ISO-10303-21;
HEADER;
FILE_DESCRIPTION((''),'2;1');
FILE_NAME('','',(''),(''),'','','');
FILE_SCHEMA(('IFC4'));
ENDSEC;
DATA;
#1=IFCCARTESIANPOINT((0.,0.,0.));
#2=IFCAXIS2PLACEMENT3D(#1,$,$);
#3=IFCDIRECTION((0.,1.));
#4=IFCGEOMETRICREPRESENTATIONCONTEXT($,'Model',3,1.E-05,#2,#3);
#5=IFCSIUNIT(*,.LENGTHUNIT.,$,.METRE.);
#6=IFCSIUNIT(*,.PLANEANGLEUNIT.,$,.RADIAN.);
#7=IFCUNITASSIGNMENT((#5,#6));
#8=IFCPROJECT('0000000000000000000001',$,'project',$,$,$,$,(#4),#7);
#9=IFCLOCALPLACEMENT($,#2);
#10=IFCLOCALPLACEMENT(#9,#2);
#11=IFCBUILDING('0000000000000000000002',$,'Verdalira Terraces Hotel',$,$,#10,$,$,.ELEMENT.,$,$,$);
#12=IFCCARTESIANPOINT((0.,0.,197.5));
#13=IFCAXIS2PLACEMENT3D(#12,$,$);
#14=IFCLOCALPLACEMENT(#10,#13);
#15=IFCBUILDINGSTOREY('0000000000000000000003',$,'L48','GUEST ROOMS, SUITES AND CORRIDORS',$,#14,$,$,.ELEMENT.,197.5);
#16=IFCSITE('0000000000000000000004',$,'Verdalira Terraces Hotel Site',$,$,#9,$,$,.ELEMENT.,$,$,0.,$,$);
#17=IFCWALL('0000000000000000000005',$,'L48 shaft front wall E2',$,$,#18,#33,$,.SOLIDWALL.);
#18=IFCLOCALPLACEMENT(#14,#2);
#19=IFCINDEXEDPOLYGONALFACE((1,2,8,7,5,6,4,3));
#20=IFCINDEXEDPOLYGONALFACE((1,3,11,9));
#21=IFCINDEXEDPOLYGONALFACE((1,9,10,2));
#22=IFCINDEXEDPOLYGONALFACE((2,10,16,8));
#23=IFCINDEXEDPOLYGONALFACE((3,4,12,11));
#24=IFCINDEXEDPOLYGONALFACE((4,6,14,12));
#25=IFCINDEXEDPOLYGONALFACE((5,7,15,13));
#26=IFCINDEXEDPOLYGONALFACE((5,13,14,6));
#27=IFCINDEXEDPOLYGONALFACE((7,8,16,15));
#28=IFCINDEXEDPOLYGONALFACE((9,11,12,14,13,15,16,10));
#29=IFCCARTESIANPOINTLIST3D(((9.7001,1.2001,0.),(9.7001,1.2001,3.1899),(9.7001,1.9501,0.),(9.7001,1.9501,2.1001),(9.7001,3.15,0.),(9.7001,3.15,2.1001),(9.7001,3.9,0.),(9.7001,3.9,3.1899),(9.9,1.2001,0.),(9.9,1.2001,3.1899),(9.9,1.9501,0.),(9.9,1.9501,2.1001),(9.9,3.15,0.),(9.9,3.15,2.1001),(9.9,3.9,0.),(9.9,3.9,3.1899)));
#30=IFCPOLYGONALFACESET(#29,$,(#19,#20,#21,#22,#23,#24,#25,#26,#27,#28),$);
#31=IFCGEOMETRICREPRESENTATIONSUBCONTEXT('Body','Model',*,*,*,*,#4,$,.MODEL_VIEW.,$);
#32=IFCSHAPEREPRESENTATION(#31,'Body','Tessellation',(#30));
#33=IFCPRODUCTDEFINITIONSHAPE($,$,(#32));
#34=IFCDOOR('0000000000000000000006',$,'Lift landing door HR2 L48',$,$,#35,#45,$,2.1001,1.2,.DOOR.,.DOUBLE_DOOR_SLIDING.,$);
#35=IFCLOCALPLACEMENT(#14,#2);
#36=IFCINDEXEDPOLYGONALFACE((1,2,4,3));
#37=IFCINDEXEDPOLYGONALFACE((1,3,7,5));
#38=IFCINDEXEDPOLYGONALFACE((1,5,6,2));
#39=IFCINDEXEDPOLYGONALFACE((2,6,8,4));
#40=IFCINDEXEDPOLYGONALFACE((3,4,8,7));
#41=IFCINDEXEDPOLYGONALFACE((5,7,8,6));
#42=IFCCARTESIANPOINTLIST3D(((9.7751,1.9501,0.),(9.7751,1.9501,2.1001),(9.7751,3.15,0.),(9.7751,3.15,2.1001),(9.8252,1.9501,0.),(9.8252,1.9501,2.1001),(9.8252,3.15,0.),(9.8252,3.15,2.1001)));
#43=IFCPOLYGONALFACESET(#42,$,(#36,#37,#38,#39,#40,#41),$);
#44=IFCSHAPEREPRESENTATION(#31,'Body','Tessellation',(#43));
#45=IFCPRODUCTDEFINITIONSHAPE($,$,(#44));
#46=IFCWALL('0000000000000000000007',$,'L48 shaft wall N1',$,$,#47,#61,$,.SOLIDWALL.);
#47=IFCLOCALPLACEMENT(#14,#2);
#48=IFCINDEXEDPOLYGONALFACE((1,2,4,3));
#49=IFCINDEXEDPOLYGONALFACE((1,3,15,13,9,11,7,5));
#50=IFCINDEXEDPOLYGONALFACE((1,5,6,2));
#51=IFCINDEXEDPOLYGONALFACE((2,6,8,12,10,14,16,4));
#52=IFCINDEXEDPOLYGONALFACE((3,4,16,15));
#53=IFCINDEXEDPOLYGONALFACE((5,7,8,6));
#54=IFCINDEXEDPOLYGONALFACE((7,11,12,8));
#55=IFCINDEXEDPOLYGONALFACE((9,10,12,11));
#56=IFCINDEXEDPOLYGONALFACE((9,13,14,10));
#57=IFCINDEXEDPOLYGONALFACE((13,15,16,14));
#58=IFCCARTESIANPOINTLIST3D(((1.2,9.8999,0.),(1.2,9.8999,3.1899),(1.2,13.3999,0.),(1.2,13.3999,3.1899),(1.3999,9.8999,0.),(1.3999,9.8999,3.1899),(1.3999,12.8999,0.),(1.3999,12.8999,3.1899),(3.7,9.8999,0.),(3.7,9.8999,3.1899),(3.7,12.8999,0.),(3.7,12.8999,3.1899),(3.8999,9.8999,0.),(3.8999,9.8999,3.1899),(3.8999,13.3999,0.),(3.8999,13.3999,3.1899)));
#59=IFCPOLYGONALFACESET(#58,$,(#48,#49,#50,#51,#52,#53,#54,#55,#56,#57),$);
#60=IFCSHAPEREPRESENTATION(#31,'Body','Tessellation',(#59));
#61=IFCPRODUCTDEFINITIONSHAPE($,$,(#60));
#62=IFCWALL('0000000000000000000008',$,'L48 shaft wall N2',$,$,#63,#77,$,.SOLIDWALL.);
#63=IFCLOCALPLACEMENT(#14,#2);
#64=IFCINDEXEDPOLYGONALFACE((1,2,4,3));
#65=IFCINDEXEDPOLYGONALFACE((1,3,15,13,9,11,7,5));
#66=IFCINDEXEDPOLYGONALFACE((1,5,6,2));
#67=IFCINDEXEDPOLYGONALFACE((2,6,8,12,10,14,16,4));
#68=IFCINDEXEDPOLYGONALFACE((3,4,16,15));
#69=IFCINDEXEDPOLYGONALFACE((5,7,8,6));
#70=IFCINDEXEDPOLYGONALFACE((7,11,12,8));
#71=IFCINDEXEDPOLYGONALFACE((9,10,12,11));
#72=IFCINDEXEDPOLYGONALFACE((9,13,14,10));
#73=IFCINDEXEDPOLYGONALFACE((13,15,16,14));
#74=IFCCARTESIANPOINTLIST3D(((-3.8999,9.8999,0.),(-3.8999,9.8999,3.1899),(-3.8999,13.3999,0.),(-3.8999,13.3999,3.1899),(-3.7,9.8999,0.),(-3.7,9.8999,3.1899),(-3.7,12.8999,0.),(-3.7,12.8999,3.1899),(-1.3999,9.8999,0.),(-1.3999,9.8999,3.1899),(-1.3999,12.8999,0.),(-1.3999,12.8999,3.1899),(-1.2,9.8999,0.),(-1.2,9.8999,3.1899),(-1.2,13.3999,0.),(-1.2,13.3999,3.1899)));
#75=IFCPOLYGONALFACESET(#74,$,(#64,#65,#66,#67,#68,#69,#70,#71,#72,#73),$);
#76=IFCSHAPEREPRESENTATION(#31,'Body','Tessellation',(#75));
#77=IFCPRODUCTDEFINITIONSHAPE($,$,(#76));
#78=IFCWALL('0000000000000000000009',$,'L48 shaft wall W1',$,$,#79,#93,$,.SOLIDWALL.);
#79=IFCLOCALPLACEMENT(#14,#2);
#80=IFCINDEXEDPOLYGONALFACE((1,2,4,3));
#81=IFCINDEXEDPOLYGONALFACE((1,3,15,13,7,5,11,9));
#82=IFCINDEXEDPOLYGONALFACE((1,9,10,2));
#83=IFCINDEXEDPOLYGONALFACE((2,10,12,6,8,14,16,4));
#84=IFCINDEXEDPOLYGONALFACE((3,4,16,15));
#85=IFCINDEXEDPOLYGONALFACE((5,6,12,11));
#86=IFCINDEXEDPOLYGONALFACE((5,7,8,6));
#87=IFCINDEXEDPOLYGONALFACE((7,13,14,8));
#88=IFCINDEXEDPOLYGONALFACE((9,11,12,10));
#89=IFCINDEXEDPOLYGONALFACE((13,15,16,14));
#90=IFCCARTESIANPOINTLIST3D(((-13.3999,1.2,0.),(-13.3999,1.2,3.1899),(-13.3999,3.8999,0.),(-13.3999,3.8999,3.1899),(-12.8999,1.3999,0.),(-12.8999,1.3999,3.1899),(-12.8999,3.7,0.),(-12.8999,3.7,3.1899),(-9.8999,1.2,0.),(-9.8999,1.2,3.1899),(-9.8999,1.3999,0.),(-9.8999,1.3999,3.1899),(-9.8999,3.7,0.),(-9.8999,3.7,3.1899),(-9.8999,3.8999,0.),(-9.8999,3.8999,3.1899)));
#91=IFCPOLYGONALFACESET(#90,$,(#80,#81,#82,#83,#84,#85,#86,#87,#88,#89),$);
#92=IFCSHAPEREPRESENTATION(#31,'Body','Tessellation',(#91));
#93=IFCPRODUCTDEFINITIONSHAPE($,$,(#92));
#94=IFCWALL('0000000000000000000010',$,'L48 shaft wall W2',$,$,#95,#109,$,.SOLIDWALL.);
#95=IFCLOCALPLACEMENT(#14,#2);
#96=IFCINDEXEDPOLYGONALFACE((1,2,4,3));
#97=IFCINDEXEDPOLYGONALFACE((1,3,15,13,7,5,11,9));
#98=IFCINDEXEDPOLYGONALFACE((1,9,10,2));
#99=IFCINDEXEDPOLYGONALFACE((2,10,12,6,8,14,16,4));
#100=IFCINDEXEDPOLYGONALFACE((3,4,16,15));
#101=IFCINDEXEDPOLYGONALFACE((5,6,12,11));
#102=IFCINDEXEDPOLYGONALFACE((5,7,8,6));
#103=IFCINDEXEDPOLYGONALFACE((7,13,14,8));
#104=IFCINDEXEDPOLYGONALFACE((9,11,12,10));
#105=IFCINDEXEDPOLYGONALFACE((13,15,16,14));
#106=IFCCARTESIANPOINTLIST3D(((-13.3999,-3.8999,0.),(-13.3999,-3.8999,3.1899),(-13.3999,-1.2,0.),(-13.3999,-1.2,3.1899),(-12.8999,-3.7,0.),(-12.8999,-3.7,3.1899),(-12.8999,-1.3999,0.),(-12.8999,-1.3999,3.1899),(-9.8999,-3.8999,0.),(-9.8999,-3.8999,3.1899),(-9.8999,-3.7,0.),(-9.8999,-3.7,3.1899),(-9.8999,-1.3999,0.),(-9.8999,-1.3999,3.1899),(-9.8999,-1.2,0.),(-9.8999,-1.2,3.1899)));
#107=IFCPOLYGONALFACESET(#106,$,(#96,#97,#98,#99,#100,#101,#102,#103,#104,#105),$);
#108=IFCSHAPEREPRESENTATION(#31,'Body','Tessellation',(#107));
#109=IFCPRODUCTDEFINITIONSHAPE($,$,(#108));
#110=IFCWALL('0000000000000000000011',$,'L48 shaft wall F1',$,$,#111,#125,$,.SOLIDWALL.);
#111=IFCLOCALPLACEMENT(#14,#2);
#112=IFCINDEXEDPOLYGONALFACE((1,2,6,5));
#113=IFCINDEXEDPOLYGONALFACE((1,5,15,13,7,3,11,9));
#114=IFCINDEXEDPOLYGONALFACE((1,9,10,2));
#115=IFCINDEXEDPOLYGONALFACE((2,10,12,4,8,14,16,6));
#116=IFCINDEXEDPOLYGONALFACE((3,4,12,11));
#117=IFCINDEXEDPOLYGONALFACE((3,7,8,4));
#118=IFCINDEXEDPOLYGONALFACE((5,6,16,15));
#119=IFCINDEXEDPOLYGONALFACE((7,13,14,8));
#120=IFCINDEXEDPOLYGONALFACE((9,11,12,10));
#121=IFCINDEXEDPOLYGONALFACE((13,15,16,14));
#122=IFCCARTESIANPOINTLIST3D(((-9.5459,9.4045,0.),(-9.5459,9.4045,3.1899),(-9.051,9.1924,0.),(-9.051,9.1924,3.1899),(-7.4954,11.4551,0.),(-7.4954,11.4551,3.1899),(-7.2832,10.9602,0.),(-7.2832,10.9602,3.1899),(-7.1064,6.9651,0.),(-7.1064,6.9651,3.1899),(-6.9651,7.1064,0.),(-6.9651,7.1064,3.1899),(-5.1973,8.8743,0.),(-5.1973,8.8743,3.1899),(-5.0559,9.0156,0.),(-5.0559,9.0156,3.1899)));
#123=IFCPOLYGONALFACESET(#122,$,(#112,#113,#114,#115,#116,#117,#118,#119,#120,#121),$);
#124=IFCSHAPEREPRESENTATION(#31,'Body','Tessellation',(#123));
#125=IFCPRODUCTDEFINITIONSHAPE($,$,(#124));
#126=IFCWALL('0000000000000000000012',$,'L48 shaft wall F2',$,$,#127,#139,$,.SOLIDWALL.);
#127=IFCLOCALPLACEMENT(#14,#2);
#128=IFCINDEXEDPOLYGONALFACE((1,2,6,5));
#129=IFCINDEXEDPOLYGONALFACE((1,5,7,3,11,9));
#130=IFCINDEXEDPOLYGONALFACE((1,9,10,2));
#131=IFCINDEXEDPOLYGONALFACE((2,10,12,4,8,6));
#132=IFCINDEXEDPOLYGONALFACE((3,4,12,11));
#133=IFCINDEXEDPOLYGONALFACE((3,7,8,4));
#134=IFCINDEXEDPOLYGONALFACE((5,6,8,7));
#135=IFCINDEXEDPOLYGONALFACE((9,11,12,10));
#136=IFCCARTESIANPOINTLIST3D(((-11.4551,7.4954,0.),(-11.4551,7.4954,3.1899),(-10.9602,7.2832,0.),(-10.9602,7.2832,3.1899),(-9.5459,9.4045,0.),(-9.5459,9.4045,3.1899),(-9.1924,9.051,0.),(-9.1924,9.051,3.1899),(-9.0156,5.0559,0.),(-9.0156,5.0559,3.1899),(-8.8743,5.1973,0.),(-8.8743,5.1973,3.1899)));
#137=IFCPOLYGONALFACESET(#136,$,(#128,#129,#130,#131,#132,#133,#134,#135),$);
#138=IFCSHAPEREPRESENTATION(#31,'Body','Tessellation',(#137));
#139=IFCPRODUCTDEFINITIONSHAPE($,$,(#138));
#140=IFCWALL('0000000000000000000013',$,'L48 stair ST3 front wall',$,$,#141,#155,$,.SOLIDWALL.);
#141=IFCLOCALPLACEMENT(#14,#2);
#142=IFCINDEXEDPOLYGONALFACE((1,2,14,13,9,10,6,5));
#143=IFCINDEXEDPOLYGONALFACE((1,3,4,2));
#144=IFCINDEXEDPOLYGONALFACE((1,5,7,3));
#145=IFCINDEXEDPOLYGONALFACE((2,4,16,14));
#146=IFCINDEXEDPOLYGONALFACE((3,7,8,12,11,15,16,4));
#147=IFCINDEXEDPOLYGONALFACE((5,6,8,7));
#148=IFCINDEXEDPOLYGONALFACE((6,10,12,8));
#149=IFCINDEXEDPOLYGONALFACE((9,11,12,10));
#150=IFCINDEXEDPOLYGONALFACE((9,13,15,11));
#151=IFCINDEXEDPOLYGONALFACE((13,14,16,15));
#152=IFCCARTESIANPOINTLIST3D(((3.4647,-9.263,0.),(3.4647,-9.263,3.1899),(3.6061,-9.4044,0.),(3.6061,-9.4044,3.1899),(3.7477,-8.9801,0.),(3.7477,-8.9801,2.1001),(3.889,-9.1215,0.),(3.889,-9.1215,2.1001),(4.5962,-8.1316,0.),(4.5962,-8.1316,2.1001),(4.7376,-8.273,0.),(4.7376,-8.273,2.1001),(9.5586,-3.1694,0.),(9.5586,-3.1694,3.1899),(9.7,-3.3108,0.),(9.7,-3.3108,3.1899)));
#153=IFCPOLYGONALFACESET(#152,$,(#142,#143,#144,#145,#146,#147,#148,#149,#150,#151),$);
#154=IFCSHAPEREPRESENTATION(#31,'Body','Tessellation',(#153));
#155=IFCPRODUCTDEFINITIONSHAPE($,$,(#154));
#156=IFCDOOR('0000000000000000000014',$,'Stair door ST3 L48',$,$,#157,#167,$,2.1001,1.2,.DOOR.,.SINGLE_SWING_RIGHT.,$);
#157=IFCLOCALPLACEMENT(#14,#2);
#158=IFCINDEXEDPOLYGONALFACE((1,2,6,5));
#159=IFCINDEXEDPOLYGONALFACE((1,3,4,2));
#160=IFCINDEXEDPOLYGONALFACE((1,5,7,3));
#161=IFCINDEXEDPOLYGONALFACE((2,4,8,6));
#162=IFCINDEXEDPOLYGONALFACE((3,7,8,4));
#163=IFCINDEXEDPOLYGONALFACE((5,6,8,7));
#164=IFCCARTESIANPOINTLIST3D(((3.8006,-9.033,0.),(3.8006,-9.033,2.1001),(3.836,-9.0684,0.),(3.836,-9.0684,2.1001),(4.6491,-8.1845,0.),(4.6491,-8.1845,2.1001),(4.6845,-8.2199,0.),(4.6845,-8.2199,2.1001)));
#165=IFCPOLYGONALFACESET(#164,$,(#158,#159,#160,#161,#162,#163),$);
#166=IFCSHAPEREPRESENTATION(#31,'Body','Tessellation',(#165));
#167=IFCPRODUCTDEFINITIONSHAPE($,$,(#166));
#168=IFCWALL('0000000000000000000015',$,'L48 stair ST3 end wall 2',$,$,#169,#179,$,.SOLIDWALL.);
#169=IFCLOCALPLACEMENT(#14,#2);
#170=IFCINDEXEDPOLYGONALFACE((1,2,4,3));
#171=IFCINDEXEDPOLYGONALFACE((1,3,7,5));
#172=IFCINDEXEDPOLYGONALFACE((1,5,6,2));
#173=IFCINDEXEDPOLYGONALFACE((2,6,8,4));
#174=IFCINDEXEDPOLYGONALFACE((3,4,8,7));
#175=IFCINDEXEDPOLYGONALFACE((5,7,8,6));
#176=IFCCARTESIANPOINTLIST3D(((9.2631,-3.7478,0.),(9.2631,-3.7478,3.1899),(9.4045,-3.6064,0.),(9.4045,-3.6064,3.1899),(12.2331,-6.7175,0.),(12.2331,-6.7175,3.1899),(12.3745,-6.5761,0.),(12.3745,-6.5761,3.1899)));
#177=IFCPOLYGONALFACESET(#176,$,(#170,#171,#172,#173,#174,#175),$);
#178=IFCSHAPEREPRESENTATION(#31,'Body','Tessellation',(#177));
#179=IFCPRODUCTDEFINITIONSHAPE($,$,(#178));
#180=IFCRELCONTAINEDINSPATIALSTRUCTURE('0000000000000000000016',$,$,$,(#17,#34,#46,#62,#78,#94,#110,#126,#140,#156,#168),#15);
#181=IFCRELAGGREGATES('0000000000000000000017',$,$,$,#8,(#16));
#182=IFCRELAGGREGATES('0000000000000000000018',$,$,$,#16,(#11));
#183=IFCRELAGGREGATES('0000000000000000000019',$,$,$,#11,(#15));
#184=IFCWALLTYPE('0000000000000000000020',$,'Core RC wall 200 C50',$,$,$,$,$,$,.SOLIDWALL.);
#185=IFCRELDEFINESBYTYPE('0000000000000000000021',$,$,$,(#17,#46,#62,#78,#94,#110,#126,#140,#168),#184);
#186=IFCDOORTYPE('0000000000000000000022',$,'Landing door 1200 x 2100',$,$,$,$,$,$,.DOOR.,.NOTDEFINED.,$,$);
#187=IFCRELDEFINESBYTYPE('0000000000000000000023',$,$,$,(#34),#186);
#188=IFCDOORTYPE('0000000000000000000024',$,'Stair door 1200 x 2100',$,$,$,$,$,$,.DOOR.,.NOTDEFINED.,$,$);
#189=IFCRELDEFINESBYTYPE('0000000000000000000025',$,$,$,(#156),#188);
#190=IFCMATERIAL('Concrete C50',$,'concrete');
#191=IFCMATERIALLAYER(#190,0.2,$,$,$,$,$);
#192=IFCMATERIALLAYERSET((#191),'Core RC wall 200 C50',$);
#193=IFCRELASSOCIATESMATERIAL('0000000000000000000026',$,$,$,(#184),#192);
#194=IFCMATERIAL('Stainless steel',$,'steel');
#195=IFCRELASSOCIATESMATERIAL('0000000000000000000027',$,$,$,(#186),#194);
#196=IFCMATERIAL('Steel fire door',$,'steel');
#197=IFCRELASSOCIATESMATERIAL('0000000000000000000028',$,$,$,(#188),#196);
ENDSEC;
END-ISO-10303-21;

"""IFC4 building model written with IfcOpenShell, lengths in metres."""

from ifc_helpers import new_model, si_unit, direction, frame, frame_2d, origin, place, context, subcontext, project, spatial, polyline, rectangle, outline, extrude, material, layer, layer_set, type_object, element, fill, save


model = new_model("IFC4")

# Units and contexts
model_context = context("Model", 3, precision=1e-05, world=origin(), true_north=direction((0.0, 1.0)))
body_context = subcontext(model_context, "Body", "Model", "MODEL_VIEW")
ifc_project = project(units=[si_unit("LENGTHUNIT", "METRE"), si_unit("PLANEANGLEUNIT", "RADIAN")], contexts=[model_context])

# Site, building, storey
site_placement = place(None, origin())
site = spatial("IfcSite", under=ifc_project, at=site_placement, Name="Verdalira Terraces Hotel Site", CompositionType="ELEMENT", RefElevation=0.0)
building_placement = place(site_placement, origin())
building = spatial("IfcBuilding", under=site, at=building_placement, Name="Verdalira Terraces Hotel", CompositionType="ELEMENT")
storey_placement = place(building_placement, frame((0.0, 0.0, 197.5)))
storey = spatial("IfcBuildingStorey", under=building, at=storey_placement, Name="L48", Description="GUEST ROOMS, SUITES AND CORRIDORS", CompositionType="ELEMENT", Elevation=197.5)

# Shared definitions
ifc_material_1 = material(Name="Concrete C50", Category="concrete")
ifc_layer_1 = layer(ifc_material_1, 0.2)
ifc_layer_set_1 = layer_set([ifc_layer_1], Name="Core RC wall 200 C50")
wall_type_1 = type_object("IfcWallType", Name="Core RC wall 200 C50", PredefinedType="SOLIDWALL", material=ifc_layer_set_1)

# Shared definitions
ifc_material_2 = material(Name="Stainless steel", Category="steel")
door_type_1 = type_object("IfcDoorType", Name="Landing door 1200 x 2100", OperationType="NOTDEFINED", PredefinedType="DOOR", material=ifc_material_2)

# Wall, opening, door
wall_1_placement = place(storey_placement, frame((9.8, 1.2, 0.0), z_axis=(0.0, 0.0, 1.0), x_axis=(0.0, 1.0, 0.0)))
wall_1 = element("IfcWall", 1, at=wall_1_placement, inside=storey, type_object=wall_type_1, Name="L48 shaft front wall E2", PredefinedType="SOLIDWALL", context=body_context, shape_type="SweptSolid", body=[
    extrude(rectangle(XDim=2.7, YDim=0.2, at=frame_2d((1.3501, 0.0))), origin(), (0.0, 0.0, 1.0), 3.1899),
])
opening_1_placement = place(wall_1_placement, frame((0.75, 0.0, 0.0)))
opening_1 = element("IfcOpeningElement", 2, at=opening_1_placement, cuts=wall_1, PredefinedType="OPENING", context=body_context, shape_type="SweptSolid", body=[
    extrude(rectangle(XDim=1.2, YDim=2.1001, at=frame_2d((0.6001, 1.05))), frame((0.0, 0.1099, 0.0), z_axis=(0.0, -1.0, 0.0), x_axis=(1.0, 0.0, 0.0)), (0.0, 0.0, 1.0), 0.22),
])
door_1_placement = place(opening_1_placement, origin())
door_1 = element("IfcDoor", 3, at=door_1_placement, inside=storey, type_object=door_type_1, Name="Lift landing door HR2 L48", OperationType="DOUBLE_DOOR_SLIDING", OverallHeight=2.1001, OverallWidth=1.2, PredefinedType="DOOR", context=body_context, shape_type="SweptSolid", body=[
    extrude(rectangle(XDim=1.2, YDim=2.1001, at=frame_2d((0.6001, 1.05))), frame((0.0, 0.0249, 0.0), z_axis=(0.0, -1.0, 0.0), x_axis=(1.0, 0.0, 0.0)), (0.0, 0.0, 1.0), 0.05),
])
fill(opening_1, door_1)

# Walls
wall_2_placement = place(storey_placement, origin())
element("IfcWall", 4, at=wall_2_placement, inside=storey, type_object=wall_type_1, Name="L48 shaft wall N1", PredefinedType="SOLIDWALL", context=body_context, shape_type="SweptSolid", body=[
    extrude(outline(polyline([(3.8999, 9.8999), (3.7, 9.8999), (3.7, 12.8999), (1.3999, 12.8999), (1.3999, 9.8999), (1.2, 9.8999), (1.2, 13.3999), (3.8999, 13.3999), (3.8999, 9.8999)])), origin(), (0.0, 0.0, 1.0), 3.1899),
])
wall_3_placement = place(storey_placement, origin())
element("IfcWall", 5, at=wall_3_placement, inside=storey, type_object=wall_type_1, Name="L48 shaft wall N2", PredefinedType="SOLIDWALL", context=body_context, shape_type="SweptSolid", body=[
    extrude(outline(polyline([(-3.8999, 13.3999), (-1.2, 13.3999), (-1.2, 9.8999), (-1.3999, 9.8999), (-1.3999, 12.8999), (-3.7, 12.8999), (-3.7, 9.8999), (-3.8999, 9.8999), (-3.8999, 13.3999)])), origin(), (0.0, 0.0, 1.0), 3.1899),
])
wall_4_placement = place(storey_placement, origin())
element("IfcWall", 6, at=wall_4_placement, inside=storey, type_object=wall_type_1, Name="L48 shaft wall W1", PredefinedType="SOLIDWALL", context=body_context, shape_type="SweptSolid", body=[
    extrude(outline(polyline([(-13.3999, 3.8999), (-9.8999, 3.8999), (-9.8999, 3.7), (-12.8999, 3.7), (-12.8999, 1.3999), (-9.8999, 1.3999), (-9.8999, 1.2), (-13.3999, 1.2), (-13.3999, 3.8999)])), origin(), (0.0, 0.0, 1.0), 3.1899),
])
wall_5_placement = place(storey_placement, origin())
element("IfcWall", 7, at=wall_5_placement, inside=storey, type_object=wall_type_1, Name="L48 shaft wall W2", PredefinedType="SOLIDWALL", context=body_context, shape_type="SweptSolid", body=[
    extrude(outline(polyline([(-13.3999, -3.8999), (-13.3999, -1.2), (-9.8999, -1.2), (-9.8999, -1.3999), (-12.8999, -1.3999), (-12.8999, -3.7), (-9.8999, -3.7), (-9.8999, -3.8999), (-13.3999, -3.8999)])), origin(), (0.0, 0.0, 1.0), 3.1899),
])
wall_6_placement = place(storey_placement, origin())
element("IfcWall", 8, at=wall_6_placement, inside=storey, type_object=wall_type_1, Name="L48 shaft wall F1", PredefinedType="SOLIDWALL", context=body_context, shape_type="SweptSolid", body=[
    extrude(outline(polyline([(-9.5459, 9.4045), (-7.4954, 11.4551), (-5.0559, 9.0156), (-5.1973, 8.8743), (-7.2832, 10.9602), (-9.051, 9.1924), (-6.9651, 7.1064), (-7.1064, 6.9651), (-9.5459, 9.4045)])), origin(), (0.0, 0.0, 1.0), 3.1899),
])
wall_7_placement = place(storey_placement, origin())
element("IfcWall", 9, at=wall_7_placement, inside=storey, type_object=wall_type_1, Name="L48 shaft wall F2", PredefinedType="SOLIDWALL", context=body_context, shape_type="SweptSolid", body=[
    extrude(outline(polyline([(-11.4551, 7.4954), (-9.5459, 9.4045), (-9.1924, 9.051), (-10.9602, 7.2832), (-8.8743, 5.1973), (-9.0156, 5.0559), (-11.4551, 7.4954)])), origin(), (0.0, 0.0, 1.0), 3.1899),
])

# Wall, opening, door
wall_8_placement = place(storey_placement, frame((9.6294, -3.24, 0.0), z_axis=(0.0, 0.0, 1.0), x_axis=(-0.707121, -0.707093, 0.0)))
wall_8 = element("IfcWall", 10, at=wall_8_placement, inside=storey, type_object=wall_type_1, Name="L48 stair ST3 front wall", PredefinedType="SOLIDWALL", context=body_context, shape_type="SweptSolid", body=[
    extrude(rectangle(XDim=8.6179, YDim=0.2, at=frame_2d((4.3091, 0.0))), origin(), (0.0, 0.0, 1.0), 3.1899),
])
opening_2_placement = place(wall_8_placement, frame((7.0178, 0.0, 0.0)))
opening_2 = element("IfcOpeningElement", 11, at=opening_2_placement, cuts=wall_8, PredefinedType="OPENING", context=body_context, shape_type="SweptSolid", body=[
    extrude(rectangle(XDim=1.2, YDim=2.1001, at=frame_2d((0.6001, 1.05))), frame((0.0, 0.1099, 0.0), z_axis=(0.0, -1.0, 0.0), x_axis=(1.0, 0.0, 0.0)), (0.0, 0.0, 1.0), 0.22),
])
ifc_material_3 = material(Name="Steel fire door", Category="steel")
door_type_2 = type_object("IfcDoorType", Name="Stair door 1200 x 2100", OperationType="NOTDEFINED", PredefinedType="DOOR", material=ifc_material_3)
door_2_placement = place(opening_2_placement, origin())
door_2 = element("IfcDoor", 12, at=door_2_placement, inside=storey, type_object=door_type_2, Name="Stair door ST3 L48", OperationType="SINGLE_SWING_RIGHT", OverallHeight=2.1001, OverallWidth=1.2, PredefinedType="DOOR", context=body_context, shape_type="SweptSolid", body=[
    extrude(rectangle(XDim=1.2, YDim=2.1001, at=frame_2d((0.6001, 1.05))), frame((0.0, 0.0249, 0.0), z_axis=(0.0, -1.0, 0.0), x_axis=(1.0, 0.0, 0.0)), (0.0, 0.0, 1.0), 0.05),
])
fill(opening_2, door_2)

# Wall
wall_9_placement = place(storey_placement, frame((9.3337, -3.677, 0.0), z_axis=(0.0, 0.0, 1.0), x_axis=(0.707136, -0.707078, 0.0)))
element("IfcWall", 13, at=wall_9_placement, inside=storey, type_object=wall_type_1, Name="L48 stair ST3 end wall 2", PredefinedType="SOLIDWALL", context=body_context, shape_type="SweptSolid", body=[
    extrude(rectangle(XDim=4.2, YDim=0.2, at=frame_2d((2.1001, 0.0))), origin(), (0.0, 0.0, 1.0), 3.1899),
])

save(model, "model.ifc")
